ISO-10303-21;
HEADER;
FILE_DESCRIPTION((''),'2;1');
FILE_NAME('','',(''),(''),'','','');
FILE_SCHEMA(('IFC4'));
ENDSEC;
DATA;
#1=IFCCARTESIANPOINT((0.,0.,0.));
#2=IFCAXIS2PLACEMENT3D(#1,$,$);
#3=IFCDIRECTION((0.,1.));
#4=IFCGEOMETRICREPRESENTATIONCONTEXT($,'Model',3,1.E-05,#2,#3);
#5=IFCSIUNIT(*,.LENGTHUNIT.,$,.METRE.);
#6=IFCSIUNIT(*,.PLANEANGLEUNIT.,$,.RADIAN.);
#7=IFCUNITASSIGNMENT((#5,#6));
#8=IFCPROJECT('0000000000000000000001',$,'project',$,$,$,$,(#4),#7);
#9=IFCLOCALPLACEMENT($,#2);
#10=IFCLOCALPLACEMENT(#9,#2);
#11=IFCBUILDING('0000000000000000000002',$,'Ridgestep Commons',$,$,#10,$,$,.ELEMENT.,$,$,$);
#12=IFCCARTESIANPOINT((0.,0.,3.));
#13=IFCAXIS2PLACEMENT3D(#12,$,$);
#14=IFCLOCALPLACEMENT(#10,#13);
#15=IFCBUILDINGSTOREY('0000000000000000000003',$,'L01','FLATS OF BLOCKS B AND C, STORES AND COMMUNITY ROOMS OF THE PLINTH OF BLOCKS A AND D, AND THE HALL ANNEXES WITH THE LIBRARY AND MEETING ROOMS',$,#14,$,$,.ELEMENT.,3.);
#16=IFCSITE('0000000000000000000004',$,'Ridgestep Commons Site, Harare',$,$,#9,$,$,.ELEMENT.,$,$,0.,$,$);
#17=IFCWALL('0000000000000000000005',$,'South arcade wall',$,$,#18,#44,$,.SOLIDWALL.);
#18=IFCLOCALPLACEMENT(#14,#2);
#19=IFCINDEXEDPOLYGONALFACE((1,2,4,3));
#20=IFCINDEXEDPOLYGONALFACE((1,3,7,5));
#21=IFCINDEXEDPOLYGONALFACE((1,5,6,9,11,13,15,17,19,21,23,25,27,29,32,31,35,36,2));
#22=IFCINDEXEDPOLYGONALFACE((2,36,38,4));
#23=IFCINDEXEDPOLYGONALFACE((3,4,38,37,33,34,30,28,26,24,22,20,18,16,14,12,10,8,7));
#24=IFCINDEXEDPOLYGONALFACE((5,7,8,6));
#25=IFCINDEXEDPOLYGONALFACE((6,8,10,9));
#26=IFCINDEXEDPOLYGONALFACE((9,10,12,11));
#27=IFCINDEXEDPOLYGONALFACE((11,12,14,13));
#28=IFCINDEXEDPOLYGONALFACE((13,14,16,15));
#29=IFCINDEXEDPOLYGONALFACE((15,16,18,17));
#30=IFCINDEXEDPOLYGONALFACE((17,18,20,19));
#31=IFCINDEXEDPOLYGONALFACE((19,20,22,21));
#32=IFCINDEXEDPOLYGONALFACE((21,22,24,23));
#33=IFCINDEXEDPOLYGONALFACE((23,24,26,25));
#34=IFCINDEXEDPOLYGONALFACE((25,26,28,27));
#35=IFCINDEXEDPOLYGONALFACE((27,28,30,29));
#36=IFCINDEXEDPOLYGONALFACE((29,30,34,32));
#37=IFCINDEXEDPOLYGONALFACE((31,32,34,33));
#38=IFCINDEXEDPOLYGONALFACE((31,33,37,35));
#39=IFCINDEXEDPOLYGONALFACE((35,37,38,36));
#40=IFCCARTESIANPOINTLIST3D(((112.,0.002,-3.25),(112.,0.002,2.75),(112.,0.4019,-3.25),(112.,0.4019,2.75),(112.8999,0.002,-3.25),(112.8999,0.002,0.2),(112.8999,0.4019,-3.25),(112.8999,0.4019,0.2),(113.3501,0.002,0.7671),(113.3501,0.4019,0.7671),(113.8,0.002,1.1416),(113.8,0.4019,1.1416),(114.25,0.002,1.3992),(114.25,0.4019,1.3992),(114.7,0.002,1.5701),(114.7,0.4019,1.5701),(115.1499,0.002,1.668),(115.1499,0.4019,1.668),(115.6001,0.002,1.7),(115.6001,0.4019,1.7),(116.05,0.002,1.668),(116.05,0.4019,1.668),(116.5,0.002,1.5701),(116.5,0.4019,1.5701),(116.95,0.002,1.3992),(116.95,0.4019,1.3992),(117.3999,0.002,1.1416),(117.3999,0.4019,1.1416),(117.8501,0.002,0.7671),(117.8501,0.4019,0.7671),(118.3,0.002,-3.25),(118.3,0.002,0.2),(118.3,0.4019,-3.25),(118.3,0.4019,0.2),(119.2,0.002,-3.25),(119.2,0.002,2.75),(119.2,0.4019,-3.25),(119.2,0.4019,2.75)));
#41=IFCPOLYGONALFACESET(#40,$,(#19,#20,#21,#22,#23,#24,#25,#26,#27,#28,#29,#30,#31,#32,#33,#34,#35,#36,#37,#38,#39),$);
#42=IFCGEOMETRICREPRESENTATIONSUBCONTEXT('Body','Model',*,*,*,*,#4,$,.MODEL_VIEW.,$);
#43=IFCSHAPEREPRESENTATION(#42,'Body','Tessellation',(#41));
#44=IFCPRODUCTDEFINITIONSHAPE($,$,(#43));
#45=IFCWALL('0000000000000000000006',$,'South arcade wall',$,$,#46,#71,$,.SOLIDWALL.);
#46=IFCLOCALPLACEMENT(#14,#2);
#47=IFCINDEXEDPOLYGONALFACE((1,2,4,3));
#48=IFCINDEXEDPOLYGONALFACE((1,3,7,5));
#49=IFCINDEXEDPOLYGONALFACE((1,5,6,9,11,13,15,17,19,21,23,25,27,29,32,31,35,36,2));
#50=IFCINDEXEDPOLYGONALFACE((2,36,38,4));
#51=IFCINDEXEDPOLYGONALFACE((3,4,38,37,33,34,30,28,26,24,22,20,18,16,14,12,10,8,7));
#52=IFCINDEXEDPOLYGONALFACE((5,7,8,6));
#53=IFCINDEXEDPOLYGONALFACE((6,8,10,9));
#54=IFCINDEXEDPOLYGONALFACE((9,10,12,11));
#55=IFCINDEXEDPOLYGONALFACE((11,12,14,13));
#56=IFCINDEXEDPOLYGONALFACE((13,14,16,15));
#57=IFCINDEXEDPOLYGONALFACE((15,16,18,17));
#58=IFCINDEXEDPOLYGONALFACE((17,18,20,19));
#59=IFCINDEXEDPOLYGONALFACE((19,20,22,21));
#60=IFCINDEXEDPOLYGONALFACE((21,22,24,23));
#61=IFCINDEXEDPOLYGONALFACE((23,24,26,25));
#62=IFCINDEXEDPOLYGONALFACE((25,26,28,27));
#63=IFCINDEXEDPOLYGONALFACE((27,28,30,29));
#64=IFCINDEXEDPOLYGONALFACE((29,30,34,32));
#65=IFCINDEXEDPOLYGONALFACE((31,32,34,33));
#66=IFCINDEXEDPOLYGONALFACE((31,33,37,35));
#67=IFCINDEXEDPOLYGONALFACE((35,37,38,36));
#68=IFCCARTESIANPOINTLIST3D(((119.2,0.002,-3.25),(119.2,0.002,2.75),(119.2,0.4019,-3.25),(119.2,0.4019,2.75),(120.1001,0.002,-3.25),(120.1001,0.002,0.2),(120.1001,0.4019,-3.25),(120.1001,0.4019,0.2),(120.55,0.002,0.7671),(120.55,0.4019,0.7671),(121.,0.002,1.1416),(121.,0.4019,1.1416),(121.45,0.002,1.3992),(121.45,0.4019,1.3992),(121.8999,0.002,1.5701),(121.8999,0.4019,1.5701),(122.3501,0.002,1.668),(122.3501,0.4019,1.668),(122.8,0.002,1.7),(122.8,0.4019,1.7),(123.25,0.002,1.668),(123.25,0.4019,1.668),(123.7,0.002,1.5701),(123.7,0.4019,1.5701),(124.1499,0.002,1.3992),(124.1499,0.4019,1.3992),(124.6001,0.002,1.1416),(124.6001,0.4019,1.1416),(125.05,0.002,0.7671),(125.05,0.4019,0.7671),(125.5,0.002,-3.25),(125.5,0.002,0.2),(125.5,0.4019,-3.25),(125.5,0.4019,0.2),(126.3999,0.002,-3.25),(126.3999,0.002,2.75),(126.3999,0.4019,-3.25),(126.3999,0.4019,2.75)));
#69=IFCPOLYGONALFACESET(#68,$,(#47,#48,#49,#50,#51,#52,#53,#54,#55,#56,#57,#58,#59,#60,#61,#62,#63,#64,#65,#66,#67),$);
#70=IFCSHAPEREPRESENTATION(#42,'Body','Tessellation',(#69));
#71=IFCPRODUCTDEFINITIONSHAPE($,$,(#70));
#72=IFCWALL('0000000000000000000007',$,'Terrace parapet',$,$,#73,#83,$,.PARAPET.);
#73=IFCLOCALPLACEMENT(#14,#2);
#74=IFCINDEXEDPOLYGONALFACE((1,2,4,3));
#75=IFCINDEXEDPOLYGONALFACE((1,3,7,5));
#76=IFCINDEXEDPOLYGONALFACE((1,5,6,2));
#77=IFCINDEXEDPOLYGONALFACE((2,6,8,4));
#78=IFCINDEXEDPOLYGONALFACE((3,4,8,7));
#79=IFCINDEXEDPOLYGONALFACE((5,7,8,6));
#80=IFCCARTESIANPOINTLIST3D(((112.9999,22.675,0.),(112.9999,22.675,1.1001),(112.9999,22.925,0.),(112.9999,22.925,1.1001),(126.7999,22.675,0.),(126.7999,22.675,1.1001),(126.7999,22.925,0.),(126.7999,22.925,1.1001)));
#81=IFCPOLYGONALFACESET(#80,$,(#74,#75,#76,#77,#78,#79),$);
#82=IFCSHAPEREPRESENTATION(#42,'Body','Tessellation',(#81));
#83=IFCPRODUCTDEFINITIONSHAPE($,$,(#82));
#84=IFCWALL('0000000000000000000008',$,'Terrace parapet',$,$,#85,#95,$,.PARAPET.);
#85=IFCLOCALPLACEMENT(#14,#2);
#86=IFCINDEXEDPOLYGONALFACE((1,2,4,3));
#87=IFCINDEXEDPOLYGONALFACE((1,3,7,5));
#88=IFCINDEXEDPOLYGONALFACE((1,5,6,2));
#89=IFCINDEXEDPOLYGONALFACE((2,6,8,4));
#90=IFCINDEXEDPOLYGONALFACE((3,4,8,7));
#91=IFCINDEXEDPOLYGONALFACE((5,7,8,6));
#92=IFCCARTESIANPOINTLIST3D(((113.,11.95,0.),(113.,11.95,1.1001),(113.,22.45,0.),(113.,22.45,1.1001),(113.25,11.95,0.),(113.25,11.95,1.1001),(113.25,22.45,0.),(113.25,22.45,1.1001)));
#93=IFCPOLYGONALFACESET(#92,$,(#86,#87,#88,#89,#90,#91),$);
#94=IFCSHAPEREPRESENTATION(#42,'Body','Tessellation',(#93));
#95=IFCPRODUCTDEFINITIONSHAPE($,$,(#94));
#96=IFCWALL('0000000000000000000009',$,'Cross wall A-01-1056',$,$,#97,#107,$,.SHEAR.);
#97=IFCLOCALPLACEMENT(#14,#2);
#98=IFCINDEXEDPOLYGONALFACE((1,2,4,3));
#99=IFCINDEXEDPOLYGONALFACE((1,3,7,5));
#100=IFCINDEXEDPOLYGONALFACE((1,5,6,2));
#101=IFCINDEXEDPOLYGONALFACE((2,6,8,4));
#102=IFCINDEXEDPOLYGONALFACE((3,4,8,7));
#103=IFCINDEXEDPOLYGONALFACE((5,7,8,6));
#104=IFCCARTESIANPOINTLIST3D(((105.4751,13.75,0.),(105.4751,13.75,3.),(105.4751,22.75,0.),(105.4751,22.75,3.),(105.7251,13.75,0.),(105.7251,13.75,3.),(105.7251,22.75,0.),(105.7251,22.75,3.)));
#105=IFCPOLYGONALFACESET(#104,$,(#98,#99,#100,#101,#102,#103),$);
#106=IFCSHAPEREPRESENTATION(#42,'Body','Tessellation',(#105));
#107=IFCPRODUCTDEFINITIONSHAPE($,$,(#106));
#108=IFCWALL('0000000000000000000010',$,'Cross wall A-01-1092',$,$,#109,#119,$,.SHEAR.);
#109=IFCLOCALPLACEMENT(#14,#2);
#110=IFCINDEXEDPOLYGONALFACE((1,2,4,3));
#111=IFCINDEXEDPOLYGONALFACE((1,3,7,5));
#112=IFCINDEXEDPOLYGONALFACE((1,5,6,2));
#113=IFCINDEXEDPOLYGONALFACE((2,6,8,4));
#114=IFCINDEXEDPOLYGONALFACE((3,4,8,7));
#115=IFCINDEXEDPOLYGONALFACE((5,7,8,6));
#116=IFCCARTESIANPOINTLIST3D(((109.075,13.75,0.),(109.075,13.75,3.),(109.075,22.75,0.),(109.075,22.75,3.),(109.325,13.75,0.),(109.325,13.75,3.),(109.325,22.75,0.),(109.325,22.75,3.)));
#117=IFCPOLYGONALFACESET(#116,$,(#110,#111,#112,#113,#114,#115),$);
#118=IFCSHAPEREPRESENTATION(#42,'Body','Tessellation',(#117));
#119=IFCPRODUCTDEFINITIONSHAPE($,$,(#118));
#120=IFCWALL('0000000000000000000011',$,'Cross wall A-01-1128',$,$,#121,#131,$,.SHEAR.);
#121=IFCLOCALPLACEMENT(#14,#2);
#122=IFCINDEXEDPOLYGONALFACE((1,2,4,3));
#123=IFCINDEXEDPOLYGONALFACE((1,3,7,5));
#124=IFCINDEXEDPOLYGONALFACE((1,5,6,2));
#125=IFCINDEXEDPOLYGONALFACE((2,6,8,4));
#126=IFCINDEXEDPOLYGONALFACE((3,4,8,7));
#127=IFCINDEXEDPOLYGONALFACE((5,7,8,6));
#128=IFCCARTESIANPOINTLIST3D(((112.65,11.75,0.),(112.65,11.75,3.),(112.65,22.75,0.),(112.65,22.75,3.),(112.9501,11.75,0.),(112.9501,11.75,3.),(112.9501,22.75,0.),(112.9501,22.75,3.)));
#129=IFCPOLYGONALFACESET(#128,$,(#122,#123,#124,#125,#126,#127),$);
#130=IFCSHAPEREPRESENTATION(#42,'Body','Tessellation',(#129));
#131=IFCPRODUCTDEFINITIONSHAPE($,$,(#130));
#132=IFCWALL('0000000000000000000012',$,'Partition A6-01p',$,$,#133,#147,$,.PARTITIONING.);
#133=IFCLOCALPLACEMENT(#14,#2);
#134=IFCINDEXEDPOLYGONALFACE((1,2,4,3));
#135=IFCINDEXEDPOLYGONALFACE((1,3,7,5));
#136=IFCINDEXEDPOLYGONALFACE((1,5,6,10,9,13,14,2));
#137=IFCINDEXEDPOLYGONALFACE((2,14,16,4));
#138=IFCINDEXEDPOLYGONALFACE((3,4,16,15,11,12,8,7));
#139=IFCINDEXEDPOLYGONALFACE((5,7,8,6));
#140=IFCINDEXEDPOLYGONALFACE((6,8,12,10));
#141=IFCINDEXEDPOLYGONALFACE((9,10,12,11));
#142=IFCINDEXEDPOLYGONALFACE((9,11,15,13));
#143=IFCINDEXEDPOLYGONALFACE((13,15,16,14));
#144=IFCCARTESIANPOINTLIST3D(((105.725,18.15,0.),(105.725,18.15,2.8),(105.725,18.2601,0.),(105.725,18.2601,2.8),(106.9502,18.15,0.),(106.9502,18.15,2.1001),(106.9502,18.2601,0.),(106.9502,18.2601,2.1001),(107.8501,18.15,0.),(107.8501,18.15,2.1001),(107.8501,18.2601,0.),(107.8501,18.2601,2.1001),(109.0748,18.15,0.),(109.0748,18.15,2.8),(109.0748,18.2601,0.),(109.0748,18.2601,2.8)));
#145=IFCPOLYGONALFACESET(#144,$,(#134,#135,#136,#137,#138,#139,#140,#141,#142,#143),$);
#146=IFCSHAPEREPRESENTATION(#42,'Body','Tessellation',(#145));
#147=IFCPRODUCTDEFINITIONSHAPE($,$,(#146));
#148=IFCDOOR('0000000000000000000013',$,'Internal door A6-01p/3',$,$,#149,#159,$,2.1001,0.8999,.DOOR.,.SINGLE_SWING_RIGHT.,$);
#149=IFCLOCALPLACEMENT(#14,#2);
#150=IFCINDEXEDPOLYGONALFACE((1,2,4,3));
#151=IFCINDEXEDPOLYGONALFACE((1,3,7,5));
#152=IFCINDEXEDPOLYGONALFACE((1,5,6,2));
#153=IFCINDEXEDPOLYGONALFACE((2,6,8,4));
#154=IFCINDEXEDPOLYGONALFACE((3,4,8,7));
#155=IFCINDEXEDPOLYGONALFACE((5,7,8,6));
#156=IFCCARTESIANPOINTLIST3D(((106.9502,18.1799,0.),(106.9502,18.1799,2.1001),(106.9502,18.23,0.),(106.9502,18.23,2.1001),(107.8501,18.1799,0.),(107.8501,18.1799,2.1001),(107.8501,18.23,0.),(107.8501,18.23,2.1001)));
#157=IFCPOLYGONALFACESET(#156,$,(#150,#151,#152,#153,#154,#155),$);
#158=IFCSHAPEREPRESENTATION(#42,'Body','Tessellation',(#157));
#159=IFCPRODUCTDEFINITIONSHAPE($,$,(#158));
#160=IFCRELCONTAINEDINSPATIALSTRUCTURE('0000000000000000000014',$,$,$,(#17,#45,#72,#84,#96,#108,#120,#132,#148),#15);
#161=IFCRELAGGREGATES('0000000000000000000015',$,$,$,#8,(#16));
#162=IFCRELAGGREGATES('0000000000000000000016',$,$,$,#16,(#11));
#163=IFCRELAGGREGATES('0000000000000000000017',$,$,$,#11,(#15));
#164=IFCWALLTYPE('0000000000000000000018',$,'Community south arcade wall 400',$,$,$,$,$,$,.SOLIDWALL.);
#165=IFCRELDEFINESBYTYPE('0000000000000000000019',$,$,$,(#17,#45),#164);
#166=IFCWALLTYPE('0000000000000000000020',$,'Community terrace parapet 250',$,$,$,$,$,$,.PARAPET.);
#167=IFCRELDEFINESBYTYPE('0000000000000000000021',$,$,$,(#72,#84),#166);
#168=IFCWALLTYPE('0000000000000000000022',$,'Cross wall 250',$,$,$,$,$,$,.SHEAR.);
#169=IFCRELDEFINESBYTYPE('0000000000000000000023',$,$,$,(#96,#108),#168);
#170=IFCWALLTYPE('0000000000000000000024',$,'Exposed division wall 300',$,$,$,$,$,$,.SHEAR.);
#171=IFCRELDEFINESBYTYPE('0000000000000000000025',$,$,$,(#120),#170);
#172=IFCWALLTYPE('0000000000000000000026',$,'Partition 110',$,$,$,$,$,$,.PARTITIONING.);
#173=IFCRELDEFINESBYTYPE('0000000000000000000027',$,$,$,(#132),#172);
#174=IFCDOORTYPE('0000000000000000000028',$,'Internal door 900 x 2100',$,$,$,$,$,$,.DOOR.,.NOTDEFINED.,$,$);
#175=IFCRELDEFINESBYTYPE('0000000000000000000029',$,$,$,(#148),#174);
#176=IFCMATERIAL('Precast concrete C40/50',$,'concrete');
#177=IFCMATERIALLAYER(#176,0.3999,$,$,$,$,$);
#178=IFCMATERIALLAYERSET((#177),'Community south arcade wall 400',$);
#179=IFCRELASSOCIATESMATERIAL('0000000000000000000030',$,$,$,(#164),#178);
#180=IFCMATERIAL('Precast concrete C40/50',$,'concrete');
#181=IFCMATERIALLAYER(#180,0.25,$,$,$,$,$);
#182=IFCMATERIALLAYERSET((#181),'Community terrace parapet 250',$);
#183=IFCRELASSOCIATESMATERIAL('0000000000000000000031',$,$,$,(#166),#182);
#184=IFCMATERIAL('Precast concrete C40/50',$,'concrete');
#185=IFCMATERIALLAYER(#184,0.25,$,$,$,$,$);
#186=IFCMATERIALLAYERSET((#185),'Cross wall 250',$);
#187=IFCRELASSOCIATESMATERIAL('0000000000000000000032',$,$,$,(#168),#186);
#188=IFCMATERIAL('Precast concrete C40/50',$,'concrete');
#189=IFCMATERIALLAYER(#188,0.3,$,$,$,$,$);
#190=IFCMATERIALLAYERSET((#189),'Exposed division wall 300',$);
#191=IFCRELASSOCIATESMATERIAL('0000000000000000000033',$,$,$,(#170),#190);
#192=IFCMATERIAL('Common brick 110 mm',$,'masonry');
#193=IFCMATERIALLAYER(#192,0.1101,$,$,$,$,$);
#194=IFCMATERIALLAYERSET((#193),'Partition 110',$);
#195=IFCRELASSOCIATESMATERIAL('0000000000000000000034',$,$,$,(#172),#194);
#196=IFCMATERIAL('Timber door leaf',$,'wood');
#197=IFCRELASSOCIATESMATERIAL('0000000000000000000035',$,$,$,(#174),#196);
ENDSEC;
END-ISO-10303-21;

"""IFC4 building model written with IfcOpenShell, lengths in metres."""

from ifc_helpers import new_model, si_unit, direction, frame, frame_2d, origin, place, context, subcontext, project, spatial, polyline, rectangle, outline, extrude, material, layer, layer_set, type_object, element, fill, save


model = new_model("IFC4")

# Units and contexts
model_context = context("Model", 3, precision=1e-05, world=origin(), true_north=direction((0.0, 1.0)))
body_context = subcontext(model_context, "Body", "Model", "MODEL_VIEW")
ifc_project = project(units=[si_unit("LENGTHUNIT", "METRE"), si_unit("PLANEANGLEUNIT", "RADIAN")], contexts=[model_context])

# Site, building, storey
site_placement = place(None, origin())
site = spatial("IfcSite", under=ifc_project, at=site_placement, Name="Ridgestep Commons Site, Harare", CompositionType="ELEMENT", RefElevation=0.0)
building_placement = place(site_placement, origin())
building = spatial("IfcBuilding", under=site, at=building_placement, Name="Ridgestep Commons", CompositionType="ELEMENT")
storey_placement = place(building_placement, frame((0.0, 0.0, 3.0)))
storey = spatial("IfcBuildingStorey", under=building, at=storey_placement, Name="L01", Description="FLATS OF BLOCKS B AND C, STORES AND COMMUNITY ROOMS OF THE PLINTH OF BLOCKS A AND D, AND THE HALL ANNEXES WITH THE LIBRARY AND MEETING ROOMS", CompositionType="ELEMENT", Elevation=3.0)

# Walls
ifc_material_1 = material(Name="Precast concrete C40/50", Category="concrete")
ifc_layer_1 = layer(ifc_material_1, 0.3999)
ifc_layer_set_1 = layer_set([ifc_layer_1], Name="Community south arcade wall 400")
wall_type_1 = type_object("IfcWallType", Name="Community south arcade wall 400", PredefinedType="SOLIDWALL", material=ifc_layer_set_1)
wall_1_placement = place(storey_placement, frame((112.0, 0.002, -3.25), z_axis=(0.0, -1.0, 0.0), x_axis=(1.0, 0.0, 0.0)))
element("IfcWall", 1, at=wall_1_placement, inside=storey, type_object=wall_type_1, Name="South arcade wall", PredefinedType="SOLIDWALL", context=body_context, shape_type="SweptSolid", body=[
    extrude(outline(polyline([(0.0, 0.0), (0.8999, 0.0), (0.8999, 3.45), (1.3501, 4.0171), (1.8, 4.3916), (2.25, 4.6492), (2.7, 4.8201), (3.1499, 4.918), (3.6001, 4.95), (4.05, 4.918), (4.5, 4.8201), (4.95, 4.6492), (5.3999, 4.3916), (5.8501, 4.0171), (6.3, 3.45), (6.3, 0.0), (7.2, 0.0), (7.2, 6.0), (0.0, 6.0), (0.0, 0.0)])), origin(), (0.0, 0.0, -1.0), 0.3999),
])
wall_2_placement = place(storey_placement, frame((119.2, 0.002, -3.25), z_axis=(0.0, -1.0, 0.0), x_axis=(1.0, 0.0, 0.0)))
element("IfcWall", 2, at=wall_2_placement, inside=storey, type_object=wall_type_1, Name="South arcade wall", PredefinedType="SOLIDWALL", context=body_context, shape_type="SweptSolid", body=[
    extrude(outline(polyline([(0.0, 0.0), (0.9001, 0.0), (0.9001, 3.45), (1.3501, 4.0171), (1.8, 4.3916), (2.25, 4.6492), (2.7, 4.8201), (3.1501, 4.918), (3.6001, 4.95), (4.05, 4.918), (4.5, 4.8201), (4.95, 4.6492), (5.4001, 4.3916), (5.8501, 4.0171), (6.3, 3.45), (6.3, 0.0), (7.2, 0.0), (7.2, 6.0), (0.0, 6.0), (0.0, 0.0)])), origin(), (0.0, 0.0, -1.0), 0.3999),
])
ifc_material_2 = material(Name="Precast concrete C40/50", Category="concrete")
ifc_layer_2 = layer(ifc_material_2, 0.25)
ifc_layer_set_2 = layer_set([ifc_layer_2], Name="Community terrace parapet 250")
wall_type_2 = type_object("IfcWallType", Name="Community terrace parapet 250", PredefinedType="PARAPET", material=ifc_layer_set_2)
wall_3_placement = place(storey_placement, frame((113.0, 22.8, 0.0), z_axis=(0.0, 0.0, 1.0), x_axis=(1.0, 0.0, 0.0)))
element("IfcWall", 3, at=wall_3_placement, inside=storey, type_object=wall_type_2, Name="Terrace parapet", PredefinedType="PARAPET", context=body_context, shape_type="SweptSolid", body=[
    extrude(rectangle(XDim=13.8, YDim=0.25, at=frame_2d((6.8999, 0.0))), origin(), (0.0, 0.0, 1.0), 1.1001),
])
wall_4_placement = place(storey_placement, frame((113.125, 11.95, 0.0), z_axis=(0.0, 0.0, 1.0), x_axis=(0.0, 1.0, 0.0)))
element("IfcWall", 4, at=wall_4_placement, inside=storey, type_object=wall_type_2, Name="Terrace parapet", PredefinedType="PARAPET", context=body_context, shape_type="SweptSolid", body=[
    extrude(rectangle(XDim=10.5, YDim=0.25, at=frame_2d((5.25, 0.0))), origin(), (0.0, 0.0, 1.0), 1.1001),
])
ifc_material_3 = material(Name="Precast concrete C40/50", Category="concrete")
ifc_layer_3 = layer(ifc_material_3, 0.25)
ifc_layer_set_3 = layer_set([ifc_layer_3], Name="Cross wall 250")
wall_type_3 = type_object("IfcWallType", Name="Cross wall 250", PredefinedType="SHEAR", material=ifc_layer_set_3)
for number, where, z_axis, x_axis, name in (
    (5, (105.6001, 13.75, 0.0), (0.0, 0.0, 1.0), (0.0, 1.0, 0.0), "Cross wall A-01-1056"),
    (6, (109.2, 13.75, 0.0), (0.0, 0.0, 1.0), (0.0, 1.0, 0.0), "Cross wall A-01-1092"),
):
    element("IfcWall", number, at=place(storey_placement, frame(where, z_axis=z_axis, x_axis=x_axis)), inside=storey, type_object=wall_type_3, Name=name, PredefinedType="SHEAR", context=body_context, shape_type="SweptSolid", body=[
        extrude(rectangle(XDim=9.0, YDim=0.25, at=frame_2d((4.5, 0.0))), origin(), (0.0, 0.0, 1.0), 3.0),
    ])
ifc_material_4 = material(Name="Precast concrete C40/50", Category="concrete")
ifc_layer_4 = layer(ifc_material_4, 0.3)
ifc_layer_set_4 = layer_set([ifc_layer_4], Name="Exposed division wall 300")
wall_type_4 = type_object("IfcWallType", Name="Exposed division wall 300", PredefinedType="SHEAR", material=ifc_layer_set_4)
wall_5_placement = place(storey_placement, frame((112.8, 11.75, 0.0), z_axis=(0.0, 0.0, 1.0), x_axis=(0.0, 1.0, 0.0)))
element("IfcWall", 7, at=wall_5_placement, inside=storey, type_object=wall_type_4, Name="Cross wall A-01-1128", PredefinedType="SHEAR", context=body_context, shape_type="SweptSolid", body=[
    extrude(rectangle(XDim=11.0, YDim=0.3, at=frame_2d((5.5, 0.0))), origin(), (0.0, 0.0, 1.0), 3.0),
])

# Wall, opening, door
ifc_material_5 = material(Name="Common brick 110 mm", Category="masonry")
ifc_layer_5 = layer(ifc_material_5, 0.1101)
ifc_layer_set_5 = layer_set([ifc_layer_5], Name="Partition 110")
wall_type_5 = type_object("IfcWallType", Name="Partition 110", PredefinedType="PARTITIONING", material=ifc_layer_set_5)
wall_6_placement = place(storey_placement, frame((105.7251, 18.2051, 0.0), z_axis=(0.0, 0.0, 1.0), x_axis=(1.0, 0.0, 0.0)))
wall_6 = element("IfcWall", 8, at=wall_6_placement, inside=storey, type_object=wall_type_5, Name="Partition A6-01p", PredefinedType="PARTITIONING", context=body_context, shape_type="SweptSolid", body=[
    extrude(rectangle(XDim=3.3499, YDim=0.1101, at=frame_2d((1.6748, 0.0))), origin(), (0.0, 0.0, 1.0), 2.8),
])
opening_1_placement = place(wall_6_placement, frame((1.2251, 0.0, 0.0)))
opening_1 = element("IfcOpeningElement", 9, at=opening_1_placement, cuts=wall_6, PredefinedType="OPENING", context=body_context, shape_type="SweptSolid", body=[
    extrude(rectangle(XDim=0.8999, YDim=2.1001, at=frame_2d((0.45, 1.05))), frame((0.0, 0.0649, 0.0), z_axis=(0.0, -1.0, 0.0), x_axis=(1.0, 0.0, 0.0)), (0.0, 0.0, 1.0), 0.1301),
])
ifc_material_6 = material(Name="Timber door leaf", Category="wood")
door_type_1 = type_object("IfcDoorType", Name="Internal door 900 x 2100", OperationType="NOTDEFINED", PredefinedType="DOOR", material=ifc_material_6)
door_1_placement = place(opening_1_placement, origin())
door_1 = element("IfcDoor", 10, at=door_1_placement, inside=storey, type_object=door_type_1, Name="Internal door A6-01p/3", OperationType="SINGLE_SWING_RIGHT", OverallHeight=2.1001, OverallWidth=0.8999, PredefinedType="DOOR", context=body_context, shape_type="SweptSolid", body=[
    extrude(rectangle(XDim=0.8999, YDim=2.1001, at=frame_2d((0.45, 1.05))), frame((0.0, 0.0249, 0.0), z_axis=(0.0, -1.0, 0.0), x_axis=(1.0, 0.0, 0.0)), (0.0, 0.0, 1.0), 0.05),
])
fill(opening_1, door_1)

save(model, "model.ifc")
